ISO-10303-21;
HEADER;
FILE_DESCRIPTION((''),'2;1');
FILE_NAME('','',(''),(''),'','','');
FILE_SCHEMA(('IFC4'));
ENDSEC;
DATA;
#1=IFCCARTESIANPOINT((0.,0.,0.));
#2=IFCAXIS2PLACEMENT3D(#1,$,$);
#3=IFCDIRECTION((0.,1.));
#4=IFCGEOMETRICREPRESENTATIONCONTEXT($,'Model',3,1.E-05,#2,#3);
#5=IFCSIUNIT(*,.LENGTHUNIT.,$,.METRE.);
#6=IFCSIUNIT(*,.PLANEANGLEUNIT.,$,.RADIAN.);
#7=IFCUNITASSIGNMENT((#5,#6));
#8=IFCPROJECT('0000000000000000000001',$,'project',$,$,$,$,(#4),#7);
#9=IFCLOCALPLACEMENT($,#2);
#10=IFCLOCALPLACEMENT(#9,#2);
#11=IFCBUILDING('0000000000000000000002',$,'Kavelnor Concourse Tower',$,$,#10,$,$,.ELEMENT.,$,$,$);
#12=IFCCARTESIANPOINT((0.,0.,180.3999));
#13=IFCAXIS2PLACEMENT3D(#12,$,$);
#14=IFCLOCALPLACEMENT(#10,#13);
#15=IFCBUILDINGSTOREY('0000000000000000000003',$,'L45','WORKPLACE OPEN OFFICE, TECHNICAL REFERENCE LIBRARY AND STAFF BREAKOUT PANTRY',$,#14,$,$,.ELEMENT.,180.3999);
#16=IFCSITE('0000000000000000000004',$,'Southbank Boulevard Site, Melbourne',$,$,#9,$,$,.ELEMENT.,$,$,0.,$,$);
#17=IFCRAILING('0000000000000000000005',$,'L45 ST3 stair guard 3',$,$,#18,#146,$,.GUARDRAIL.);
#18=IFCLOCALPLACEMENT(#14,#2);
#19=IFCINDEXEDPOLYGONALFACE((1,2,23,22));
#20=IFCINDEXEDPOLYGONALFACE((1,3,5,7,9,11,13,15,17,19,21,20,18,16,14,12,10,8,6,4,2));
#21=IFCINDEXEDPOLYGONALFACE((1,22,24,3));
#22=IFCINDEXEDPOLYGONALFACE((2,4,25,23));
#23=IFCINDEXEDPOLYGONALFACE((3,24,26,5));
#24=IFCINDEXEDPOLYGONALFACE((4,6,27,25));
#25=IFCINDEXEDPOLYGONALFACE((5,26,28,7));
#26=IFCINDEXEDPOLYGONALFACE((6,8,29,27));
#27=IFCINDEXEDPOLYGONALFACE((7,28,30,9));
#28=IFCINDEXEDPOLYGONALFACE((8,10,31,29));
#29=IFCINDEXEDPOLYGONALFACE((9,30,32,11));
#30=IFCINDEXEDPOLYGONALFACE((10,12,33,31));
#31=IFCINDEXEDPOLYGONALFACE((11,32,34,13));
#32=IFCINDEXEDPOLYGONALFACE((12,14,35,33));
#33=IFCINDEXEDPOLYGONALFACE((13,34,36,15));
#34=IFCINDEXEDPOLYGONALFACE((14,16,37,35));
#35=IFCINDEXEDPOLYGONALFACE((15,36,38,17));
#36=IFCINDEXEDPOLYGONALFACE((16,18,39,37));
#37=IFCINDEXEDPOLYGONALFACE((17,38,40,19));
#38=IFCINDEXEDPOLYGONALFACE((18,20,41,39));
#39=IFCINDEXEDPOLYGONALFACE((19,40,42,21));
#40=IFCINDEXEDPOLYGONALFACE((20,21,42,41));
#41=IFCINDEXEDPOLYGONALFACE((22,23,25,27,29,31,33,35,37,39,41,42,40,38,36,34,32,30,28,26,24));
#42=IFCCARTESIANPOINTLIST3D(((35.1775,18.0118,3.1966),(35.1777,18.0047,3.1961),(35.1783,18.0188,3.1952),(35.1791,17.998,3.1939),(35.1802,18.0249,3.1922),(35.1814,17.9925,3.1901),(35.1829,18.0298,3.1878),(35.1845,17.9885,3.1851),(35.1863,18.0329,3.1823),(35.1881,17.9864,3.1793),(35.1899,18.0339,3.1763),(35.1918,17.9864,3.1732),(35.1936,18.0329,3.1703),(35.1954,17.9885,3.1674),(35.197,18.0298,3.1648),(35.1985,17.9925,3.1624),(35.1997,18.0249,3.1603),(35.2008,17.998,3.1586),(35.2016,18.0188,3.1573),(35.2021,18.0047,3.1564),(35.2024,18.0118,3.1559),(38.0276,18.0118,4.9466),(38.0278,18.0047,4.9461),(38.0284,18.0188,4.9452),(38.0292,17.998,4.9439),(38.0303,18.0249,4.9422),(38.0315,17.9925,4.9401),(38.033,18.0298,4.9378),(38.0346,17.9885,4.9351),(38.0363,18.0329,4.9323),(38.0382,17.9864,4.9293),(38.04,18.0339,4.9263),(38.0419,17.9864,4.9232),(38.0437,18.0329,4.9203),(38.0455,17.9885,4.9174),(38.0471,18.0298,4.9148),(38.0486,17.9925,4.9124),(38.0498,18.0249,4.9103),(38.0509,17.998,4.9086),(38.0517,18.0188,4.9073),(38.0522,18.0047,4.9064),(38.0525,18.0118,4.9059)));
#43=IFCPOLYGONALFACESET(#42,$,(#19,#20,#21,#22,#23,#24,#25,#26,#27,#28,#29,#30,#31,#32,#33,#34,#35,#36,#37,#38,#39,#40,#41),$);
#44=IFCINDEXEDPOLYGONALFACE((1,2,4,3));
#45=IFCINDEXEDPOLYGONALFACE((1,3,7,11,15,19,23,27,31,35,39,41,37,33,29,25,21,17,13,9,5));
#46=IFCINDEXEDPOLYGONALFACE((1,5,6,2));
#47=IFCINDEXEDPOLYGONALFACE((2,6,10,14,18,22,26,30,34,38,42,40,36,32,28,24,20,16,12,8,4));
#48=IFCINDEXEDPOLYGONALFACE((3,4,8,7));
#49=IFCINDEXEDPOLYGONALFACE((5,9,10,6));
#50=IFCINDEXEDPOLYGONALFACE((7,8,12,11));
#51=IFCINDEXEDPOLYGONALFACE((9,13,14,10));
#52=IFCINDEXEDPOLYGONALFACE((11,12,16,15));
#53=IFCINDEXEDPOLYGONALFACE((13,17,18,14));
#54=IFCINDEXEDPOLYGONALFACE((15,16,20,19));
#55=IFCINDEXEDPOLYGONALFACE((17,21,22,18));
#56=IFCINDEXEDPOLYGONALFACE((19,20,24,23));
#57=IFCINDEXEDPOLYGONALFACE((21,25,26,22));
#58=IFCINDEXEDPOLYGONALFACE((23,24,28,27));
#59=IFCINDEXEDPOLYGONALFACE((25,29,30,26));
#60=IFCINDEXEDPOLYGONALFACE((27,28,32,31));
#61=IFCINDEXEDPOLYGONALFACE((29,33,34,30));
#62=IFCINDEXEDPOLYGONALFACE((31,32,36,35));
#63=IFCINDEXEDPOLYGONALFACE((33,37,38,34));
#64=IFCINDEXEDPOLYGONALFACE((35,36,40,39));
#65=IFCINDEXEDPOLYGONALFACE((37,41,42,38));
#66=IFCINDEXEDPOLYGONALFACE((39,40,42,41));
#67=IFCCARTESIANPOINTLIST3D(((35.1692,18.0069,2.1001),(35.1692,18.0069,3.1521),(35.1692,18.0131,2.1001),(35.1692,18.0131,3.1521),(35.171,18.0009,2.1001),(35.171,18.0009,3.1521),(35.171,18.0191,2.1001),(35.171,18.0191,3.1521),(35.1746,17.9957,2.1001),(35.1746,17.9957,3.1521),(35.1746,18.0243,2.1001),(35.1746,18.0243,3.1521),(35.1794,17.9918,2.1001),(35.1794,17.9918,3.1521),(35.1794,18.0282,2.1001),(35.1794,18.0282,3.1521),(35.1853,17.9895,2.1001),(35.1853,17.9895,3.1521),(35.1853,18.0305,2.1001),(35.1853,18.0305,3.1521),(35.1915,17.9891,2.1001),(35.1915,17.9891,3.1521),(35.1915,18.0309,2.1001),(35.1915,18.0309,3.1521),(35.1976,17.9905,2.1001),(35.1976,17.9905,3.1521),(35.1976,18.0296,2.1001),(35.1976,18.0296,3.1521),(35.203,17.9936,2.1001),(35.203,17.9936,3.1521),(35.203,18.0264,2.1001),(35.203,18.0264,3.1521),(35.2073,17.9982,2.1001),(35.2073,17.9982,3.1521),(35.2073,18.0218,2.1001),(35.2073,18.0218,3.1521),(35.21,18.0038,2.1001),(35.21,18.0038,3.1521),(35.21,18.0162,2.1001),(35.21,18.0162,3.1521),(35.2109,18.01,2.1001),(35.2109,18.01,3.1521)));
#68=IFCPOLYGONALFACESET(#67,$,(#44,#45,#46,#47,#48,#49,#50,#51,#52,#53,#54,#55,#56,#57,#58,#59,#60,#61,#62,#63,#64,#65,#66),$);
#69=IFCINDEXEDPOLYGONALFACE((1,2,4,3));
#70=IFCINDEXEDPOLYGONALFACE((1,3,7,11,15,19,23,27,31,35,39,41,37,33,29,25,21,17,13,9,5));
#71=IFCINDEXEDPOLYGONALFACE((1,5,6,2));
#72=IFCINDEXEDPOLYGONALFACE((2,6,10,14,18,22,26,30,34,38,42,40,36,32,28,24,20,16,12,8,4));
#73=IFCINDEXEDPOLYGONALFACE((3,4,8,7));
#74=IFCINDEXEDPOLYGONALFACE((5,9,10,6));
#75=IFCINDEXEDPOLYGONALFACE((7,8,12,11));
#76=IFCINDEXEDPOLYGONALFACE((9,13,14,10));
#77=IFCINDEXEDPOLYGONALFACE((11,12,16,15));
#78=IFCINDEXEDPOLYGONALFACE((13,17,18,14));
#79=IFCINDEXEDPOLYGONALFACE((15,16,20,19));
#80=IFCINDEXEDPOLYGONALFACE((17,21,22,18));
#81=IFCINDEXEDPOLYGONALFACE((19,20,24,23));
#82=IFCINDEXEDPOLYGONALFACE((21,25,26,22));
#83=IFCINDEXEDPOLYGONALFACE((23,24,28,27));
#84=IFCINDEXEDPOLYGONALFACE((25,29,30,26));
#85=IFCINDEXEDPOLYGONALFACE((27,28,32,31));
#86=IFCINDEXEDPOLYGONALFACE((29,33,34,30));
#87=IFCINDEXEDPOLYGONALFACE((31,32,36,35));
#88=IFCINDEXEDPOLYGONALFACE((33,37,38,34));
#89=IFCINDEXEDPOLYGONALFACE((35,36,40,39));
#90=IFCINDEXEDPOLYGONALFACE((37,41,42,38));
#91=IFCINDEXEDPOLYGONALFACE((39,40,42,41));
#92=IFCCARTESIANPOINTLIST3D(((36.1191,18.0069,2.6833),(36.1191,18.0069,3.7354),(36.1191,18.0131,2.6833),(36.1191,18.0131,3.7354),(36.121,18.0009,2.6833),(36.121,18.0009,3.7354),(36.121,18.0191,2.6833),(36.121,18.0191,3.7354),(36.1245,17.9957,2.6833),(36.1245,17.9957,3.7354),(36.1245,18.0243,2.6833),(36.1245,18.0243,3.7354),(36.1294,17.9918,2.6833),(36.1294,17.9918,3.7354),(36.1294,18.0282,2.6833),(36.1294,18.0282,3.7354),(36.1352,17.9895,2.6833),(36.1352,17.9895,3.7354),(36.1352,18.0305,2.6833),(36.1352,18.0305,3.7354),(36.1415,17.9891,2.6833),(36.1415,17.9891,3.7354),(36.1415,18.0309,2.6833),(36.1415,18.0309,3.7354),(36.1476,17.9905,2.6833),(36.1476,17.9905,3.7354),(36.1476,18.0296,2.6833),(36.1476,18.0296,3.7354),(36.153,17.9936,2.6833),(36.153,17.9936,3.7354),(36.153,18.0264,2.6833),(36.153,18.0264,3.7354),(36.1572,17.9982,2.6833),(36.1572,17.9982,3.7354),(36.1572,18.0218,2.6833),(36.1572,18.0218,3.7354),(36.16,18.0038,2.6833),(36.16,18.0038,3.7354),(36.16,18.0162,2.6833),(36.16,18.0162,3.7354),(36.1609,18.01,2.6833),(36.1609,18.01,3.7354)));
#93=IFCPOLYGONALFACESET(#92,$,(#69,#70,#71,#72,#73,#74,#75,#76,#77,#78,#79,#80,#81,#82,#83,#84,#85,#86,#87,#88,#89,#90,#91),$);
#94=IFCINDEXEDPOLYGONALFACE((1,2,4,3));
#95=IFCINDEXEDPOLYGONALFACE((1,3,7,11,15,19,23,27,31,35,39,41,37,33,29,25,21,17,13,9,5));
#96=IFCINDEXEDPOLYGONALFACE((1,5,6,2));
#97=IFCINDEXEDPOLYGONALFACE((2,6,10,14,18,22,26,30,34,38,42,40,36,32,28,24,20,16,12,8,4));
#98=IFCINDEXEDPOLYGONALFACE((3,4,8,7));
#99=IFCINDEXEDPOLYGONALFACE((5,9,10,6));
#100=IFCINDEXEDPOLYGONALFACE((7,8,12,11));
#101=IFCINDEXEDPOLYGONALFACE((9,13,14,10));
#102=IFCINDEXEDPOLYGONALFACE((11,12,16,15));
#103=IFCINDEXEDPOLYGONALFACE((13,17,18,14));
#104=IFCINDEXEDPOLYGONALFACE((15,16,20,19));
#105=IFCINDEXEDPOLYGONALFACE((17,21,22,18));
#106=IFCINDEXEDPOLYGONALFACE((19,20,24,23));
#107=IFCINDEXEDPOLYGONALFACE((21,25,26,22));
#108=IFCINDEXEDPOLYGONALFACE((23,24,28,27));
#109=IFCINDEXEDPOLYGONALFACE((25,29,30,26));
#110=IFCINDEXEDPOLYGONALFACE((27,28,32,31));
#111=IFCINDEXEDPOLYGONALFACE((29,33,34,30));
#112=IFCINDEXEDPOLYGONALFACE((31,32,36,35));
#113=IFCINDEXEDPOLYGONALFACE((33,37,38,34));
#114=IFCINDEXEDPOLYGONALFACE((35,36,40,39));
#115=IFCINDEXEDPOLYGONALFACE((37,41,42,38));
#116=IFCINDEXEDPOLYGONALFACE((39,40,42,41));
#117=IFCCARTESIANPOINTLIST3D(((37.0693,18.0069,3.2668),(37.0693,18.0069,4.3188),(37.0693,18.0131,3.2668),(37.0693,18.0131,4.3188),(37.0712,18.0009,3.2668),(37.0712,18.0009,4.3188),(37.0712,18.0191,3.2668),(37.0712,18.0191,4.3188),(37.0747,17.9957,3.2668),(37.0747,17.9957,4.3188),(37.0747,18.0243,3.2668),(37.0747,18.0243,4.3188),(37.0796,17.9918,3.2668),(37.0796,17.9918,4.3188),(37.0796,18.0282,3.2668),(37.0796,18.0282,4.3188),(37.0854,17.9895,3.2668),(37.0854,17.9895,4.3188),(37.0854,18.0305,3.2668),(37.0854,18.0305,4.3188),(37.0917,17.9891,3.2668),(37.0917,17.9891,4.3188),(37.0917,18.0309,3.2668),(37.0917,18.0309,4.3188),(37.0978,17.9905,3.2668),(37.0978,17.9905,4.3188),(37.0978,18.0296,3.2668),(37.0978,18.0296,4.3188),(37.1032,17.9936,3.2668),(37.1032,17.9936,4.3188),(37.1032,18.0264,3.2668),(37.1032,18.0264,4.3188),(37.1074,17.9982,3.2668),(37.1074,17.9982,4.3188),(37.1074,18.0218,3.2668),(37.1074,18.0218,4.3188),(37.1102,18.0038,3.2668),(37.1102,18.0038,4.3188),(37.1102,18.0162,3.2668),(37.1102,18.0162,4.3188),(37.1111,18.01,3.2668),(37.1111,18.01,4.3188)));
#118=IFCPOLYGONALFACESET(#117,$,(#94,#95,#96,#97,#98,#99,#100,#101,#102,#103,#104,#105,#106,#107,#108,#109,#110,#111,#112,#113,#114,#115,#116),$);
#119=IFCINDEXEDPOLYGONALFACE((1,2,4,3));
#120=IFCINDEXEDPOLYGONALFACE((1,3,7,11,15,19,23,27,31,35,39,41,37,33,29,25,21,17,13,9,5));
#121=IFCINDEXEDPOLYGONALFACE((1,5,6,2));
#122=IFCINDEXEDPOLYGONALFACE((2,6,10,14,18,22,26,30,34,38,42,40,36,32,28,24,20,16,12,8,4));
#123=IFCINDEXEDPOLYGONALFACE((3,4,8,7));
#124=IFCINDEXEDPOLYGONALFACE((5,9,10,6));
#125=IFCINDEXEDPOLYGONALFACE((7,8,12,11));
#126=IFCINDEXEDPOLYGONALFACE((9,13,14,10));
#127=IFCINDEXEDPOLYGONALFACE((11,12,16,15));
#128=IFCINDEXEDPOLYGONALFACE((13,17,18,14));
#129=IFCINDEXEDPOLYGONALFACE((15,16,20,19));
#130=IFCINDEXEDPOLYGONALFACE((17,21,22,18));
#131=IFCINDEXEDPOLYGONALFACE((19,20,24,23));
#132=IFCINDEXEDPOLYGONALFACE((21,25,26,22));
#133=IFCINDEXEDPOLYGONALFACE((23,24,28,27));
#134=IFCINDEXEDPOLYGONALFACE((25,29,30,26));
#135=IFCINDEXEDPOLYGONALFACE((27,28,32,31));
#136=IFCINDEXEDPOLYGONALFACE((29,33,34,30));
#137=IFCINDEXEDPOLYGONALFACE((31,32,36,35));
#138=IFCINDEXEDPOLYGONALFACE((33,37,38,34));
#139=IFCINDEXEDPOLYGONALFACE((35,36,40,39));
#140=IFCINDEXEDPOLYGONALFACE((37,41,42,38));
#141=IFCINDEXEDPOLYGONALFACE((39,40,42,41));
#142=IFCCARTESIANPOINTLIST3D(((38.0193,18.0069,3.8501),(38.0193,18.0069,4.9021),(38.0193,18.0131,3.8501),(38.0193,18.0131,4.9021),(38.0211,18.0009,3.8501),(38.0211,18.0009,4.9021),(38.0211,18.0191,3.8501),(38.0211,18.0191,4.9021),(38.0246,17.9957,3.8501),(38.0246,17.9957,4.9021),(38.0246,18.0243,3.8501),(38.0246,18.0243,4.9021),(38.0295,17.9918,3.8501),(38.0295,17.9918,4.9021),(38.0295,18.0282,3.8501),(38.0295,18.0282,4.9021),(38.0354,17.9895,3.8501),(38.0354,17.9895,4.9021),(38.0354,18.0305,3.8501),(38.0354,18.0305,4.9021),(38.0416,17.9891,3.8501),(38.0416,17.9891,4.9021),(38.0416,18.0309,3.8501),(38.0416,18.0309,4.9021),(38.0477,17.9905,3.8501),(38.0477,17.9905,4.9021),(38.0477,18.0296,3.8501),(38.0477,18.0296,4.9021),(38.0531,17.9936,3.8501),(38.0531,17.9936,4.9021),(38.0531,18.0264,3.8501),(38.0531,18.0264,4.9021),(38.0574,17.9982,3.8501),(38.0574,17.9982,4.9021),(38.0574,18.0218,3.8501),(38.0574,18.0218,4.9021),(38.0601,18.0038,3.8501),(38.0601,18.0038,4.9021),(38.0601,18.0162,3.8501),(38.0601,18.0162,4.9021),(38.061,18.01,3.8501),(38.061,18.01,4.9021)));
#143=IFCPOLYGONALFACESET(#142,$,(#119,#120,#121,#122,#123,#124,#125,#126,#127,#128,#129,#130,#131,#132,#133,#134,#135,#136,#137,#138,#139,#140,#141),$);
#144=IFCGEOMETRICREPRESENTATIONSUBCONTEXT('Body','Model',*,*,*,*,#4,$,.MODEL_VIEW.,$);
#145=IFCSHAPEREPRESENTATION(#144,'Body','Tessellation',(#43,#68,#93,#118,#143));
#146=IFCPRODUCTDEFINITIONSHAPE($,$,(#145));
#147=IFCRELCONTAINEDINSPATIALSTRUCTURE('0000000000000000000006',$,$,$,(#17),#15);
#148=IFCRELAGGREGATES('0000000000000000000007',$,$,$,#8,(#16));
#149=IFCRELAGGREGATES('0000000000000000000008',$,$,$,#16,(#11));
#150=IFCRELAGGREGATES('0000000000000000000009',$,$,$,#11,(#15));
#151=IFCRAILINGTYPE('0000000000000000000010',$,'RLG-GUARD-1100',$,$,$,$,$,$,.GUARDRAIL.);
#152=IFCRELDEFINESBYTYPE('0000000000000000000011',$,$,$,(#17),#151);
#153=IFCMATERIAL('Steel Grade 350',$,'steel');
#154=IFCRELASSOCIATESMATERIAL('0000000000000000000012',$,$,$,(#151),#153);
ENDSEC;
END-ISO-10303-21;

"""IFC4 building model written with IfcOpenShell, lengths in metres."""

from ifc_helpers import new_model, si_unit, direction, frame, origin, origin_2d, place, context, subcontext, project, spatial, circle, extrude, material, type_object, element, save


model = new_model("IFC4")

# Units and contexts
model_context = context("Model", 3, precision=1e-05, world=origin(), true_north=direction((0.0, 1.0)))
body_context = subcontext(model_context, "Body", "Model", "MODEL_VIEW")
ifc_project = project(units=[si_unit("LENGTHUNIT", "METRE"), si_unit("PLANEANGLEUNIT", "RADIAN")], contexts=[model_context])

# Site, building, storey
site_placement = place(None, origin())
site = spatial("IfcSite", under=ifc_project, at=site_placement, Name="Southbank Boulevard Site, Melbourne", CompositionType="ELEMENT", RefElevation=0.0)
building_placement = place(site_placement, origin())
building = spatial("IfcBuilding", under=site, at=building_placement, Name="Kavelnor Concourse Tower", CompositionType="ELEMENT")
storey_placement = place(building_placement, frame((0.0, 0.0, 180.3999)))
storey = spatial("IfcBuildingStorey", under=building, at=storey_placement, Name="L45", Description="WORKPLACE OPEN OFFICE, TECHNICAL REFERENCE LIBRARY AND STAFF BREAKOUT PANTRY", CompositionType="ELEMENT", Elevation=180.3999)

# Shared definitions
ifc_material_1 = material(Name="Steel Grade 350", Category="steel")

# Railing
railing_type = type_object("IfcRailingType", Name="RLG-GUARD-1100", PredefinedType="GUARDRAIL", material=ifc_material_1)
railing_1_placement = place(storey_placement, frame((35.1899, 18.01, 2.1001)))
element("IfcRailing", 1, at=railing_1_placement, inside=storey, type_object=railing_type, Name="L45 ST3 stair guard 3", PredefinedType="GUARDRAIL", context=body_context, shape_type="SweptSolid", body=[
    extrude(circle(Radius=0.0239, at=origin_2d()), frame((0.0, 0.0, 1.0762), z_axis=(0.852179, 0.0, 0.52325), x_axis=(0.0, 1.0, 0.0)), (0.0, 0.0, 1.0), 3.3445),
    extrude(circle(Radius=0.021, at=origin_2d()), origin(), (0.0, 0.0, 1.0), 1.052),
    extrude(circle(Radius=0.021, at=origin_2d()), frame((0.95, 0.0, 0.5833)), (0.0, 0.0, 1.0), 1.052),
    extrude(circle(Radius=0.021, at=origin_2d()), frame((1.9001, 0.0, 1.1667)), (0.0, 0.0, 1.0), 1.052),
    extrude(circle(Radius=0.021, at=origin_2d()), frame((2.8501, 0.0, 1.75)), (0.0, 0.0, 1.0), 1.052),
])

save(model, "model.ifc")
